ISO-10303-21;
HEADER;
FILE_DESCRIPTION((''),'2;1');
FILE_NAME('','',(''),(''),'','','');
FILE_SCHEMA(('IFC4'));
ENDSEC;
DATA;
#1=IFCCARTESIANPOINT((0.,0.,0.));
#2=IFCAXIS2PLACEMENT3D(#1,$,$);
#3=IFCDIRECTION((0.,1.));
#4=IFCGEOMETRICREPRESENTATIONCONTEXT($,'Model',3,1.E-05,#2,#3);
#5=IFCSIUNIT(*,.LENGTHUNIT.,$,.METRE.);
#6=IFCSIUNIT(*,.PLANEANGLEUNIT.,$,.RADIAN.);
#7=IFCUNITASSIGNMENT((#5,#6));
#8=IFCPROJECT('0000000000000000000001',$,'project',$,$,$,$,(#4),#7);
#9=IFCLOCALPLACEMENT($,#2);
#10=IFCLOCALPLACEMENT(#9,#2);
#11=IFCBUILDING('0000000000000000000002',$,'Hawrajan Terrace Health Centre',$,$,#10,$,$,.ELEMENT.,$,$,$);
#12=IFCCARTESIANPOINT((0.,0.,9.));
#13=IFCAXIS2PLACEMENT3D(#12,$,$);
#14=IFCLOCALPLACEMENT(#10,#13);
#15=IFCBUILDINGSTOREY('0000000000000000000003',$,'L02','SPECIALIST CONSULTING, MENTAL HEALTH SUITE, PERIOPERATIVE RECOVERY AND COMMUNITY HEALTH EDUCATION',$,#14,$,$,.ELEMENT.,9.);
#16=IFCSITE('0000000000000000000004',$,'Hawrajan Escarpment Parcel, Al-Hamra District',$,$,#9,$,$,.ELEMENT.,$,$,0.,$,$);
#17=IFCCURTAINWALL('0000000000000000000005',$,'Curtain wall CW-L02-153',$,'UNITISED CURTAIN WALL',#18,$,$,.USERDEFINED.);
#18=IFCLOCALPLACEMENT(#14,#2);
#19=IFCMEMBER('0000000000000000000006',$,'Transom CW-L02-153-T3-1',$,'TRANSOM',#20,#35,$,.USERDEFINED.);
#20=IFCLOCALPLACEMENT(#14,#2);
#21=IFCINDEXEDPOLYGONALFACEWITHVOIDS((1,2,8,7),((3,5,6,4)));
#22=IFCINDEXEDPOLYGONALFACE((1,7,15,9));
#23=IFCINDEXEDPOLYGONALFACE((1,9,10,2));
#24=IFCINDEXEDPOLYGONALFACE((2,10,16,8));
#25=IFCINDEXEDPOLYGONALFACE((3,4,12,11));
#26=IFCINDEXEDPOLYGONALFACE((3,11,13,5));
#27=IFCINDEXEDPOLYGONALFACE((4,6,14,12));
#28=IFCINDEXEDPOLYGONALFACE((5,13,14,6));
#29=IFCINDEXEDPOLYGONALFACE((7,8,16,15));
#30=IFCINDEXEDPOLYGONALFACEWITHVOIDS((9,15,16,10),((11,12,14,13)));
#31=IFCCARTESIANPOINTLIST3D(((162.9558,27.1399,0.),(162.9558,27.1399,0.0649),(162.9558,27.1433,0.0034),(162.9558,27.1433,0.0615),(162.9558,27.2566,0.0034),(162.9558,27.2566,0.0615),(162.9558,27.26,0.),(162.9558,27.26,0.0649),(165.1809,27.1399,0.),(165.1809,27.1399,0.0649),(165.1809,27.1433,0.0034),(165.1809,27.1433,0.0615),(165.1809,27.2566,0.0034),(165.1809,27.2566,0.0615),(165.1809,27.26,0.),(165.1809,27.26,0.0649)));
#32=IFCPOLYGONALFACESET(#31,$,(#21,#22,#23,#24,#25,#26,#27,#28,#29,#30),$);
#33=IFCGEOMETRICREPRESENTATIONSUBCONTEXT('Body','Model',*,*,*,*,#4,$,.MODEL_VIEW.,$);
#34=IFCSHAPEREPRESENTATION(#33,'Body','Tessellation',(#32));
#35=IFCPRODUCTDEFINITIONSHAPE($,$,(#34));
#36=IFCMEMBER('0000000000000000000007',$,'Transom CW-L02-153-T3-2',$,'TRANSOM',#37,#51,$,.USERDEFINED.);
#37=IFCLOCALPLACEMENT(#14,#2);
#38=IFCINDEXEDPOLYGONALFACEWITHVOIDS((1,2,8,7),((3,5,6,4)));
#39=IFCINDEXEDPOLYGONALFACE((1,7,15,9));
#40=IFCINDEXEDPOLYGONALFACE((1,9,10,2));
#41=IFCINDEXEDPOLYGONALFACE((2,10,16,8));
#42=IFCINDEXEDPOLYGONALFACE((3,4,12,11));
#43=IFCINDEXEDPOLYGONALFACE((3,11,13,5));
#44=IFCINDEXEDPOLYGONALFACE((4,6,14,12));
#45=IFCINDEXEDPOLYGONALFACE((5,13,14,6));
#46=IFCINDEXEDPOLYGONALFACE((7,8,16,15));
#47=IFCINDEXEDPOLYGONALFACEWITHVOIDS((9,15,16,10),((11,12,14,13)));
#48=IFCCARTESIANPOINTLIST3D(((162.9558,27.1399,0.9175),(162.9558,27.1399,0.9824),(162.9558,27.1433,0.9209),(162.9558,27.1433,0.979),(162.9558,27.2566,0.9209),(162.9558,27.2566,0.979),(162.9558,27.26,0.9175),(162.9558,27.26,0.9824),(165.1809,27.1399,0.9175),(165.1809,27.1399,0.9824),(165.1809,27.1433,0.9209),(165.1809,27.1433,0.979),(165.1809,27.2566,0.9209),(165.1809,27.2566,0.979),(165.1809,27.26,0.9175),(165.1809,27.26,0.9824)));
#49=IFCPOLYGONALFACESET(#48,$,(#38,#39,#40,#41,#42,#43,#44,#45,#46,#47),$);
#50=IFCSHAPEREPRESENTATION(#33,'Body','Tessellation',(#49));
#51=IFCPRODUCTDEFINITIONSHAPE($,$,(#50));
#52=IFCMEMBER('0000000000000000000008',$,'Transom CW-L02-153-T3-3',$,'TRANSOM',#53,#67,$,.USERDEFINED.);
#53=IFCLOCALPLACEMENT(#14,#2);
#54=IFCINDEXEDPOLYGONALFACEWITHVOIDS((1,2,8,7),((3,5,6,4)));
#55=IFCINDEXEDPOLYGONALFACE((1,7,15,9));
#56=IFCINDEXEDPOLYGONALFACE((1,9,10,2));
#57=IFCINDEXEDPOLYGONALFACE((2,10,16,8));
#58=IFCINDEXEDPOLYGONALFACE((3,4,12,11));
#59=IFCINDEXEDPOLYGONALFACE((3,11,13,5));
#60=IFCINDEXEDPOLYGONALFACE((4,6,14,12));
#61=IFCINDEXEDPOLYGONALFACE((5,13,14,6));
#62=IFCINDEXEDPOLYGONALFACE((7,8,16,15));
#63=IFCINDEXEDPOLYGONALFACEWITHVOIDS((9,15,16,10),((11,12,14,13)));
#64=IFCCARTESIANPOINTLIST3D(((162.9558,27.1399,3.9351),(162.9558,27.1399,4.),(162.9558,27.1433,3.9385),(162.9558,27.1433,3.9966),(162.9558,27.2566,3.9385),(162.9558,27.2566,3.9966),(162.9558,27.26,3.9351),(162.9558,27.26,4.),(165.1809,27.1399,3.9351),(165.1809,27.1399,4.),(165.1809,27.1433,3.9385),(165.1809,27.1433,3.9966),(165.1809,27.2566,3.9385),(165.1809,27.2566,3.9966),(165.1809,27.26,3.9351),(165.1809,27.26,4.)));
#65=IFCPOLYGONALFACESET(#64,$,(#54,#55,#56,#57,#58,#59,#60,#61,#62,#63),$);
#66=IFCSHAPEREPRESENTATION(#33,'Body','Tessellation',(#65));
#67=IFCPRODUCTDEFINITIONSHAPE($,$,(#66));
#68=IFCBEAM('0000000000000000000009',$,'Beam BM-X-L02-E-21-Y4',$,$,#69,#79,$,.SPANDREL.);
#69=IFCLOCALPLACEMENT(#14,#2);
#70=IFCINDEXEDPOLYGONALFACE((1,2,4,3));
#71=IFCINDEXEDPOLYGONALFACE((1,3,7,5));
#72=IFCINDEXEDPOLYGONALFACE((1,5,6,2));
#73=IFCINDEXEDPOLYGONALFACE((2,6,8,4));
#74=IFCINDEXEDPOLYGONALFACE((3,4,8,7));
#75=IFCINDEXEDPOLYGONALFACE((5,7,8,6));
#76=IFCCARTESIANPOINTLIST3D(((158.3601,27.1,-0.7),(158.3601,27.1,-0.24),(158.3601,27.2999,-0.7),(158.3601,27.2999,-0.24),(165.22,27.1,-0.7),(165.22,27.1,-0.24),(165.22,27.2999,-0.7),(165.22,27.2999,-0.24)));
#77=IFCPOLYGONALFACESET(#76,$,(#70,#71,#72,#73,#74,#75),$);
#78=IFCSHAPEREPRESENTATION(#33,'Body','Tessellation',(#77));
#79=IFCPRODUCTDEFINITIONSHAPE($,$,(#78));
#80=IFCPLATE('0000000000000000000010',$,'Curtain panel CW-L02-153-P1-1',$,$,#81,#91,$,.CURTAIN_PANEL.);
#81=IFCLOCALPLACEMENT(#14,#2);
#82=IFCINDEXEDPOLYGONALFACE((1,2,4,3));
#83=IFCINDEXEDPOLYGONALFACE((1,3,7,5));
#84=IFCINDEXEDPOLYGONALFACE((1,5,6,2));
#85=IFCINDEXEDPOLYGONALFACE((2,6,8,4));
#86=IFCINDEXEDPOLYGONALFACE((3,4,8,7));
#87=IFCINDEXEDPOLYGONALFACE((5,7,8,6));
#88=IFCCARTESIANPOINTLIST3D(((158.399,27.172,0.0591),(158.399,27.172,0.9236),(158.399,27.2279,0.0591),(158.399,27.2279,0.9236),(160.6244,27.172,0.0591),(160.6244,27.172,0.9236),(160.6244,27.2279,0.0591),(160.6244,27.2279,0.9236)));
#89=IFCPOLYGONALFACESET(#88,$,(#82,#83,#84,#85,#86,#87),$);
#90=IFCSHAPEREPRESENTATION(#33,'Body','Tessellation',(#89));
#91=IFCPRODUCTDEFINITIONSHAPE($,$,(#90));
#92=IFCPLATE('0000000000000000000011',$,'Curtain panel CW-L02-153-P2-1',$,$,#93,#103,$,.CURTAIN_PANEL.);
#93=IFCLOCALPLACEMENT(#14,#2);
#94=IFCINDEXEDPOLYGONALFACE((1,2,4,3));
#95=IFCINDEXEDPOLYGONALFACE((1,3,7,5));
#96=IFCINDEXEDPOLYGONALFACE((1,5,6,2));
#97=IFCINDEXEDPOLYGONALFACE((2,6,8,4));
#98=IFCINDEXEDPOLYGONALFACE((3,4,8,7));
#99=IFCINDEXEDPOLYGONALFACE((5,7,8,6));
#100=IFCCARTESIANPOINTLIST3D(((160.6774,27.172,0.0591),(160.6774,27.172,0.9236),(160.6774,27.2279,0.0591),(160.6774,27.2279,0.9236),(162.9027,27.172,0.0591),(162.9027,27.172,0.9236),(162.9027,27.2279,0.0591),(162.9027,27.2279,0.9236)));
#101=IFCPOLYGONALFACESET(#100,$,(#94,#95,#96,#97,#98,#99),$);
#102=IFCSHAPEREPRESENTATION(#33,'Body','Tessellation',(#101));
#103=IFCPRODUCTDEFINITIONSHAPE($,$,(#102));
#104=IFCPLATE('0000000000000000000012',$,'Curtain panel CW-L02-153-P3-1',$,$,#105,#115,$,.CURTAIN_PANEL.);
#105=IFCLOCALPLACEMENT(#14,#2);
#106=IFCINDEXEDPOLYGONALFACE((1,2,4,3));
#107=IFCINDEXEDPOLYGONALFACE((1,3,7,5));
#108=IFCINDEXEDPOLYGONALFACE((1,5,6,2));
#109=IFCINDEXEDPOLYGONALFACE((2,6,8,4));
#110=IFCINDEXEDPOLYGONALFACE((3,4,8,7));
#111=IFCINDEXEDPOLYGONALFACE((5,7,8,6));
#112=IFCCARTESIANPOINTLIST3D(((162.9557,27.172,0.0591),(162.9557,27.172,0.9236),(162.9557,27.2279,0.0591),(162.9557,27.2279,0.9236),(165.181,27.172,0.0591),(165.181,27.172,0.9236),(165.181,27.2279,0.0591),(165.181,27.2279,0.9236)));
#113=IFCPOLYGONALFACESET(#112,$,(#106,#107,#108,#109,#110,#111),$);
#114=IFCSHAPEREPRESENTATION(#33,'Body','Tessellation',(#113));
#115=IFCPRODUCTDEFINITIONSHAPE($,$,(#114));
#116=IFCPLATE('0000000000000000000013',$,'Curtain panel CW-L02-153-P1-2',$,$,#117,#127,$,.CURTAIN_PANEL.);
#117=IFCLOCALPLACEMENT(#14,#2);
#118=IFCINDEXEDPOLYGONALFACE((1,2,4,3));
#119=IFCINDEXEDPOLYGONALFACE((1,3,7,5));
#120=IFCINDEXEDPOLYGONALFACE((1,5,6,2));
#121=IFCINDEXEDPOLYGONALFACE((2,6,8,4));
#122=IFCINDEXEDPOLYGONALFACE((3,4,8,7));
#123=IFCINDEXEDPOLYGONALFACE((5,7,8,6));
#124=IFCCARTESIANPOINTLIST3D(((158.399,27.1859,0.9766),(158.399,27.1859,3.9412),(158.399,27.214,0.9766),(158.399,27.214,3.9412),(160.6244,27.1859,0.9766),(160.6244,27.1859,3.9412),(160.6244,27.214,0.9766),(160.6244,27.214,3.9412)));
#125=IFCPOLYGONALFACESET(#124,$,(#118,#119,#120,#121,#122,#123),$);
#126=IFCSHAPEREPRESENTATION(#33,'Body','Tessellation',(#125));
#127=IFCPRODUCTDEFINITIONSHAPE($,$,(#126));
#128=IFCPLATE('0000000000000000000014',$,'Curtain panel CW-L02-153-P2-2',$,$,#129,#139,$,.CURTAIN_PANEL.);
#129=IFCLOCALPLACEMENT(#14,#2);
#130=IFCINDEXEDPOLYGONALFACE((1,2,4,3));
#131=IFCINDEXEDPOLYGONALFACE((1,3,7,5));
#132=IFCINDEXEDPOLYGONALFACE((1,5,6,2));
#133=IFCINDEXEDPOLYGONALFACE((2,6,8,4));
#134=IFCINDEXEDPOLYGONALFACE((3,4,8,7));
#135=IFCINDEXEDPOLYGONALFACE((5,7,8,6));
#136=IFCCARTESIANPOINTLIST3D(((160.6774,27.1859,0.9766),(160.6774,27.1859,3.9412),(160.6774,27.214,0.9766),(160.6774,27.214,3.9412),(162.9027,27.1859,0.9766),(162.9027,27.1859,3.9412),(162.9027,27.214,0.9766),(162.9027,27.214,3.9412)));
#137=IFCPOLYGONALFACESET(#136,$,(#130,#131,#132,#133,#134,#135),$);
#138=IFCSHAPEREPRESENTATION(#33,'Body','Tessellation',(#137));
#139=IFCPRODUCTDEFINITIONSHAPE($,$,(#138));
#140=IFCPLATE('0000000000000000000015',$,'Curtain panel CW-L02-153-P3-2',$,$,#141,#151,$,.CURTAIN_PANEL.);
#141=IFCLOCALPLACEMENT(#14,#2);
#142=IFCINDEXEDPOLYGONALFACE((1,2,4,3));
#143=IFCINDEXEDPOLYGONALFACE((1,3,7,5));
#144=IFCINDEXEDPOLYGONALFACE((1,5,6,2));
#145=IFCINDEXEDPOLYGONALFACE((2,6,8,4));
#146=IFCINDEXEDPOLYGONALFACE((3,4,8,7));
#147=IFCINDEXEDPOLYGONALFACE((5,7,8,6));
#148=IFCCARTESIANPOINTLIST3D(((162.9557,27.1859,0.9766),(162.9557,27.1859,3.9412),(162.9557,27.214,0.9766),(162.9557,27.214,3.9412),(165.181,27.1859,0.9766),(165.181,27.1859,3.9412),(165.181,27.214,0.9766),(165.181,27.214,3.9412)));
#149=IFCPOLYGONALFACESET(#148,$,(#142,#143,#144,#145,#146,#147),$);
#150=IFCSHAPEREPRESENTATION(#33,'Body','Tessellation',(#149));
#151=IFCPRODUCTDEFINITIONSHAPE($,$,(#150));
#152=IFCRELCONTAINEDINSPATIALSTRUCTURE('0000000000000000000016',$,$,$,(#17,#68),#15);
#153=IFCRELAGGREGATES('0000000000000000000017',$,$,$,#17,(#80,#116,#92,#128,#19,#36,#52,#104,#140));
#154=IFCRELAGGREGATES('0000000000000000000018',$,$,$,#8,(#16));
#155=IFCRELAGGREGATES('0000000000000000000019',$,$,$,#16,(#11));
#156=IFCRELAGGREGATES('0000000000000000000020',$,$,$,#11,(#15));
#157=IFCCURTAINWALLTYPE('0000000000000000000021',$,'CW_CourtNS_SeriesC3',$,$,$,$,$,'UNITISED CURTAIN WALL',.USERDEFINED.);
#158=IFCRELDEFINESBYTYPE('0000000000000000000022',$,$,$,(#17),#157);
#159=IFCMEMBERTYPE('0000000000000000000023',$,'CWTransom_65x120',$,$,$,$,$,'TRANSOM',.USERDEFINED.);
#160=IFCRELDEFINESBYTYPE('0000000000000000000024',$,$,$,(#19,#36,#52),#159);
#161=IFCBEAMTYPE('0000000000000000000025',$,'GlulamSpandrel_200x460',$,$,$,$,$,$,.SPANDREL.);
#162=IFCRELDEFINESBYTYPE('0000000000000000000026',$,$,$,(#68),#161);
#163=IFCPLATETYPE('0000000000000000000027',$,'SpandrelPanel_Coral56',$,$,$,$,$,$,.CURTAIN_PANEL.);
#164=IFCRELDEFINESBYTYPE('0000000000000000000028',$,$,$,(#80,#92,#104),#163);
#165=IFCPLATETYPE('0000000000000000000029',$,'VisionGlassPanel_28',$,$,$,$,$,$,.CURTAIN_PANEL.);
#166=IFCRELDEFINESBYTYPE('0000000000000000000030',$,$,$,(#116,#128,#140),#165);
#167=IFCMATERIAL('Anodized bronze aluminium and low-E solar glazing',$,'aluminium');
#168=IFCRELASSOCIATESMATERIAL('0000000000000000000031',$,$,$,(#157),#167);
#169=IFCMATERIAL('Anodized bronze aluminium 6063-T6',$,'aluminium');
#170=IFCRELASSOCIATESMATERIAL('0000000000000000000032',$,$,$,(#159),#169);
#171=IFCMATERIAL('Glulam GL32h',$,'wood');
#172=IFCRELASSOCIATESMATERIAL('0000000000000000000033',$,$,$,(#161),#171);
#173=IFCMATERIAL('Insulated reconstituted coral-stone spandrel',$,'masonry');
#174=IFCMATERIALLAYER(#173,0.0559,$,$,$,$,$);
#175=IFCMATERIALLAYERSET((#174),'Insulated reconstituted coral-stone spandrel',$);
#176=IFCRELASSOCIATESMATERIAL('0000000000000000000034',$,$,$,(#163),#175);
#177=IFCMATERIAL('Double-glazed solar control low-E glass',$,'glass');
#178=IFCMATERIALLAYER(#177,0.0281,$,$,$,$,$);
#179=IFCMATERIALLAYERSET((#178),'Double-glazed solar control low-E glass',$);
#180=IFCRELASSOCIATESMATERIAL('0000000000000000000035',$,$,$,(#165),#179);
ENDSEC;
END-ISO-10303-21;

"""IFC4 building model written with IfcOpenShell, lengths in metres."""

from ifc_helpers import new_model, si_unit, direction, frame, origin, origin_2d, place, context, subcontext, project, spatial, rectangle, hollow_rectangle, extrude, material, layer, layer_set, material_profile, profile_set, type_object, element, aggregate, save


model = new_model("IFC4")

# Units and contexts
model_context = context("Model", 3, precision=1e-05, world=origin(), true_north=direction((0.0, 1.0)))
body_context = subcontext(model_context, "Body", "Model", "MODEL_VIEW")
ifc_project = project(units=[si_unit("LENGTHUNIT", "METRE"), si_unit("PLANEANGLEUNIT", "RADIAN")], contexts=[model_context])

# Site, building, storey
site_placement = place(None, origin())
site = spatial("IfcSite", under=ifc_project, at=site_placement, Name="Hawrajan Escarpment Parcel, Al-Hamra District", CompositionType="ELEMENT", RefElevation=0.0)
building_placement = place(site_placement, origin())
building = spatial("IfcBuilding", under=site, at=building_placement, Name="Hawrajan Terrace Health Centre", CompositionType="ELEMENT")
storey_placement = place(building_placement, frame((0.0, 0.0, 9.0)))
storey = spatial("IfcBuildingStorey", under=building, at=storey_placement, Name="L02", Description="SPECIALIST CONSULTING, MENTAL HEALTH SUITE, PERIOPERATIVE RECOVERY AND COMMUNITY HEALTH EDUCATION", CompositionType="ELEMENT", Elevation=9.0)

# Shared definitions
ifc_material_1 = material(Name="Glulam GL32h", Category="wood")

# Curtain wall, members
ifc_material_2 = material(Name="Anodized bronze aluminium and low-E solar glazing", Category="aluminium")
curtain_wall_type = type_object("IfcCurtainWallType", Name="CW_CourtNS_SeriesC3", ElementType="UNITISED CURTAIN WALL", PredefinedType="USERDEFINED", material=ifc_material_2)
curtain_wall_placement = place(storey_placement, origin())
curtain_wall = element("IfcCurtainWall", 1, at=curtain_wall_placement, inside=storey, type_object=curtain_wall_type, Name="Curtain wall CW-L02-153", ObjectType="UNITISED CURTAIN WALL", PredefinedType="USERDEFINED")
ifc_material_3 = material(Name="Anodized bronze aluminium 6063-T6", Category="aluminium")
ifc_material_profile_1 = material_profile(ifc_material_3, hollow_rectangle(XDim=0.0649, YDim=0.1201, WallThickness=0.0034, at=origin_2d()), Name="CW TRN 65x120")
ifc_profile_set_1 = profile_set([ifc_material_profile_1], Name="Anodized bronze aluminium 6063-T6")
member_type_1 = type_object("IfcMemberType", Name="CWTransom_65x120", ElementType="TRANSOM", PredefinedType="USERDEFINED", material=ifc_profile_set_1)
member_1_placement = place(storey_placement, frame((162.9558, 27.2, 0.0325), z_axis=(1.0, 0.0, 0.0), x_axis=(0.0, 0.0, 1.0)))
member_1 = element("IfcMember", 2, at=member_1_placement, type_object=member_type_1, Name="Transom CW-L02-153-T3-1", ObjectType="TRANSOM", PredefinedType="USERDEFINED", context=body_context, shape_type="SweptSolid", body=[
    extrude(hollow_rectangle(XDim=0.0649, YDim=0.1201, WallThickness=0.0034, at=origin_2d()), origin(), (0.0, 0.0, 1.0), 2.2251),
])
member_2_placement = place(storey_placement, frame((162.9558, 27.2, 0.95), z_axis=(1.0, 0.0, 0.0), x_axis=(0.0, 0.0, 1.0)))
member_2 = element("IfcMember", 3, at=member_2_placement, type_object=member_type_1, Name="Transom CW-L02-153-T3-2", ObjectType="TRANSOM", PredefinedType="USERDEFINED", context=body_context, shape_type="SweptSolid", body=[
    extrude(hollow_rectangle(XDim=0.0649, YDim=0.1201, WallThickness=0.0034, at=origin_2d()), origin(), (0.0, 0.0, 1.0), 2.2251),
])
member_3_placement = place(storey_placement, frame((162.9558, 27.2, 3.9675), z_axis=(1.0, 0.0, 0.0), x_axis=(0.0, 0.0, 1.0)))
member_3 = element("IfcMember", 4, at=member_3_placement, type_object=member_type_1, Name="Transom CW-L02-153-T3-3", ObjectType="TRANSOM", PredefinedType="USERDEFINED", context=body_context, shape_type="SweptSolid", body=[
    extrude(hollow_rectangle(XDim=0.0649, YDim=0.1201, WallThickness=0.0034, at=origin_2d()), origin(), (0.0, 0.0, 1.0), 2.2251),
])

# Beam
ifc_material_profile_2 = material_profile(ifc_material_1, rectangle(XDim=0.2, YDim=0.46, at=origin_2d()), Name="GL SP 200x460")
ifc_profile_set_2 = profile_set([ifc_material_profile_2], Name="Glulam GL32h")
beam_type = type_object("IfcBeamType", Name="GlulamSpandrel_200x460", PredefinedType="SPANDREL", material=ifc_profile_set_2)
beam_placement = place(storey_placement, frame((158.3601, 27.2, -0.47), z_axis=(1.0, 0.0, 0.0), x_axis=(0.0, 1.0, 0.0)))
element("IfcBeam", 5, at=beam_placement, inside=storey, type_object=beam_type, Name="Beam BM-X-L02-E-21-Y4", PredefinedType="SPANDREL", context=body_context, shape_type="SweptSolid", body=[
    extrude(rectangle(XDim=0.2, YDim=0.46, at=origin_2d()), origin(), (0.0, 0.0, 1.0), 6.8599),
])

# Plates
ifc_material_4 = material(Name="Insulated reconstituted coral-stone spandrel", Category="masonry")
ifc_layer_1 = layer(ifc_material_4, 0.0559)
ifc_layer_set_1 = layer_set([ifc_layer_1], Name="Insulated reconstituted coral-stone spandrel")
plate_type_1 = type_object("IfcPlateType", Name="SpandrelPanel_Coral56", PredefinedType="CURTAIN_PANEL", material=ifc_layer_set_1)
plate_1_placement = place(storey_placement, frame((159.5117, 27.2, 0.0591), z_axis=(0.0, 0.0, 1.0), x_axis=(1.0, 0.0, 0.0)))
plate_1 = element("IfcPlate", 6, at=plate_1_placement, type_object=plate_type_1, Name="Curtain panel CW-L02-153-P1-1", PredefinedType="CURTAIN_PANEL", context=body_context, shape_type="SweptSolid", body=[
    extrude(rectangle(XDim=2.2253, YDim=0.0559, at=origin_2d()), origin(), (0.0, 0.0, 1.0), 0.8645),
])
plate_2_placement = place(storey_placement, frame((161.79, 27.2, 0.0591), z_axis=(0.0, 0.0, 1.0), x_axis=(1.0, 0.0, 0.0)))
plate_2 = element("IfcPlate", 7, at=plate_2_placement, type_object=plate_type_1, Name="Curtain panel CW-L02-153-P2-1", PredefinedType="CURTAIN_PANEL", context=body_context, shape_type="SweptSolid", body=[
    extrude(rectangle(XDim=2.2253, YDim=0.0559, at=origin_2d()), origin(), (0.0, 0.0, 1.0), 0.8645),
])
plate_3_placement = place(storey_placement, frame((164.0684, 27.2, 0.0591), z_axis=(0.0, 0.0, 1.0), x_axis=(1.0, 0.0, 0.0)))
plate_3 = element("IfcPlate", 8, at=plate_3_placement, type_object=plate_type_1, Name="Curtain panel CW-L02-153-P3-1", PredefinedType="CURTAIN_PANEL", context=body_context, shape_type="SweptSolid", body=[
    extrude(rectangle(XDim=2.2253, YDim=0.0559, at=origin_2d()), origin(), (0.0, 0.0, 1.0), 0.8645),
])
ifc_material_5 = material(Name="Double-glazed solar control low-E glass", Category="glass")
ifc_layer_2 = layer(ifc_material_5, 0.0281)
ifc_layer_set_2 = layer_set([ifc_layer_2], Name="Double-glazed solar control low-E glass")
plate_type_2 = type_object("IfcPlateType", Name="VisionGlassPanel_28", PredefinedType="CURTAIN_PANEL", material=ifc_layer_set_2)
plate_4_placement = place(storey_placement, frame((159.5117, 27.2, 0.9766), z_axis=(0.0, 0.0, 1.0), x_axis=(1.0, 0.0, 0.0)))
plate_4 = element("IfcPlate", 9, at=plate_4_placement, type_object=plate_type_2, Name="Curtain panel CW-L02-153-P1-2", PredefinedType="CURTAIN_PANEL", context=body_context, shape_type="SweptSolid", body=[
    extrude(rectangle(XDim=2.2253, YDim=0.0281, at=origin_2d()), origin(), (0.0, 0.0, 1.0), 2.9646),
])
plate_5_placement = place(storey_placement, frame((161.79, 27.2, 0.9766), z_axis=(0.0, 0.0, 1.0), x_axis=(1.0, 0.0, 0.0)))
plate_5 = element("IfcPlate", 10, at=plate_5_placement, type_object=plate_type_2, Name="Curtain panel CW-L02-153-P2-2", PredefinedType="CURTAIN_PANEL", context=body_context, shape_type="SweptSolid", body=[
    extrude(rectangle(XDim=2.2253, YDim=0.0281, at=origin_2d()), origin(), (0.0, 0.0, 1.0), 2.9646),
])
plate_6_placement = place(storey_placement, frame((164.0684, 27.2, 0.9766), z_axis=(0.0, 0.0, 1.0), x_axis=(1.0, 0.0, 0.0)))
plate_6 = element("IfcPlate", 11, at=plate_6_placement, type_object=plate_type_2, Name="Curtain panel CW-L02-153-P3-2", PredefinedType="CURTAIN_PANEL", context=body_context, shape_type="SweptSolid", body=[
    extrude(rectangle(XDim=2.2253, YDim=0.0281, at=origin_2d()), origin(), (0.0, 0.0, 1.0), 2.9646),
])
aggregate(curtain_wall, [plate_1, plate_4, plate_2, plate_5, member_1, member_2, member_3, plate_3, plate_6])

save(model, "model.ifc")
